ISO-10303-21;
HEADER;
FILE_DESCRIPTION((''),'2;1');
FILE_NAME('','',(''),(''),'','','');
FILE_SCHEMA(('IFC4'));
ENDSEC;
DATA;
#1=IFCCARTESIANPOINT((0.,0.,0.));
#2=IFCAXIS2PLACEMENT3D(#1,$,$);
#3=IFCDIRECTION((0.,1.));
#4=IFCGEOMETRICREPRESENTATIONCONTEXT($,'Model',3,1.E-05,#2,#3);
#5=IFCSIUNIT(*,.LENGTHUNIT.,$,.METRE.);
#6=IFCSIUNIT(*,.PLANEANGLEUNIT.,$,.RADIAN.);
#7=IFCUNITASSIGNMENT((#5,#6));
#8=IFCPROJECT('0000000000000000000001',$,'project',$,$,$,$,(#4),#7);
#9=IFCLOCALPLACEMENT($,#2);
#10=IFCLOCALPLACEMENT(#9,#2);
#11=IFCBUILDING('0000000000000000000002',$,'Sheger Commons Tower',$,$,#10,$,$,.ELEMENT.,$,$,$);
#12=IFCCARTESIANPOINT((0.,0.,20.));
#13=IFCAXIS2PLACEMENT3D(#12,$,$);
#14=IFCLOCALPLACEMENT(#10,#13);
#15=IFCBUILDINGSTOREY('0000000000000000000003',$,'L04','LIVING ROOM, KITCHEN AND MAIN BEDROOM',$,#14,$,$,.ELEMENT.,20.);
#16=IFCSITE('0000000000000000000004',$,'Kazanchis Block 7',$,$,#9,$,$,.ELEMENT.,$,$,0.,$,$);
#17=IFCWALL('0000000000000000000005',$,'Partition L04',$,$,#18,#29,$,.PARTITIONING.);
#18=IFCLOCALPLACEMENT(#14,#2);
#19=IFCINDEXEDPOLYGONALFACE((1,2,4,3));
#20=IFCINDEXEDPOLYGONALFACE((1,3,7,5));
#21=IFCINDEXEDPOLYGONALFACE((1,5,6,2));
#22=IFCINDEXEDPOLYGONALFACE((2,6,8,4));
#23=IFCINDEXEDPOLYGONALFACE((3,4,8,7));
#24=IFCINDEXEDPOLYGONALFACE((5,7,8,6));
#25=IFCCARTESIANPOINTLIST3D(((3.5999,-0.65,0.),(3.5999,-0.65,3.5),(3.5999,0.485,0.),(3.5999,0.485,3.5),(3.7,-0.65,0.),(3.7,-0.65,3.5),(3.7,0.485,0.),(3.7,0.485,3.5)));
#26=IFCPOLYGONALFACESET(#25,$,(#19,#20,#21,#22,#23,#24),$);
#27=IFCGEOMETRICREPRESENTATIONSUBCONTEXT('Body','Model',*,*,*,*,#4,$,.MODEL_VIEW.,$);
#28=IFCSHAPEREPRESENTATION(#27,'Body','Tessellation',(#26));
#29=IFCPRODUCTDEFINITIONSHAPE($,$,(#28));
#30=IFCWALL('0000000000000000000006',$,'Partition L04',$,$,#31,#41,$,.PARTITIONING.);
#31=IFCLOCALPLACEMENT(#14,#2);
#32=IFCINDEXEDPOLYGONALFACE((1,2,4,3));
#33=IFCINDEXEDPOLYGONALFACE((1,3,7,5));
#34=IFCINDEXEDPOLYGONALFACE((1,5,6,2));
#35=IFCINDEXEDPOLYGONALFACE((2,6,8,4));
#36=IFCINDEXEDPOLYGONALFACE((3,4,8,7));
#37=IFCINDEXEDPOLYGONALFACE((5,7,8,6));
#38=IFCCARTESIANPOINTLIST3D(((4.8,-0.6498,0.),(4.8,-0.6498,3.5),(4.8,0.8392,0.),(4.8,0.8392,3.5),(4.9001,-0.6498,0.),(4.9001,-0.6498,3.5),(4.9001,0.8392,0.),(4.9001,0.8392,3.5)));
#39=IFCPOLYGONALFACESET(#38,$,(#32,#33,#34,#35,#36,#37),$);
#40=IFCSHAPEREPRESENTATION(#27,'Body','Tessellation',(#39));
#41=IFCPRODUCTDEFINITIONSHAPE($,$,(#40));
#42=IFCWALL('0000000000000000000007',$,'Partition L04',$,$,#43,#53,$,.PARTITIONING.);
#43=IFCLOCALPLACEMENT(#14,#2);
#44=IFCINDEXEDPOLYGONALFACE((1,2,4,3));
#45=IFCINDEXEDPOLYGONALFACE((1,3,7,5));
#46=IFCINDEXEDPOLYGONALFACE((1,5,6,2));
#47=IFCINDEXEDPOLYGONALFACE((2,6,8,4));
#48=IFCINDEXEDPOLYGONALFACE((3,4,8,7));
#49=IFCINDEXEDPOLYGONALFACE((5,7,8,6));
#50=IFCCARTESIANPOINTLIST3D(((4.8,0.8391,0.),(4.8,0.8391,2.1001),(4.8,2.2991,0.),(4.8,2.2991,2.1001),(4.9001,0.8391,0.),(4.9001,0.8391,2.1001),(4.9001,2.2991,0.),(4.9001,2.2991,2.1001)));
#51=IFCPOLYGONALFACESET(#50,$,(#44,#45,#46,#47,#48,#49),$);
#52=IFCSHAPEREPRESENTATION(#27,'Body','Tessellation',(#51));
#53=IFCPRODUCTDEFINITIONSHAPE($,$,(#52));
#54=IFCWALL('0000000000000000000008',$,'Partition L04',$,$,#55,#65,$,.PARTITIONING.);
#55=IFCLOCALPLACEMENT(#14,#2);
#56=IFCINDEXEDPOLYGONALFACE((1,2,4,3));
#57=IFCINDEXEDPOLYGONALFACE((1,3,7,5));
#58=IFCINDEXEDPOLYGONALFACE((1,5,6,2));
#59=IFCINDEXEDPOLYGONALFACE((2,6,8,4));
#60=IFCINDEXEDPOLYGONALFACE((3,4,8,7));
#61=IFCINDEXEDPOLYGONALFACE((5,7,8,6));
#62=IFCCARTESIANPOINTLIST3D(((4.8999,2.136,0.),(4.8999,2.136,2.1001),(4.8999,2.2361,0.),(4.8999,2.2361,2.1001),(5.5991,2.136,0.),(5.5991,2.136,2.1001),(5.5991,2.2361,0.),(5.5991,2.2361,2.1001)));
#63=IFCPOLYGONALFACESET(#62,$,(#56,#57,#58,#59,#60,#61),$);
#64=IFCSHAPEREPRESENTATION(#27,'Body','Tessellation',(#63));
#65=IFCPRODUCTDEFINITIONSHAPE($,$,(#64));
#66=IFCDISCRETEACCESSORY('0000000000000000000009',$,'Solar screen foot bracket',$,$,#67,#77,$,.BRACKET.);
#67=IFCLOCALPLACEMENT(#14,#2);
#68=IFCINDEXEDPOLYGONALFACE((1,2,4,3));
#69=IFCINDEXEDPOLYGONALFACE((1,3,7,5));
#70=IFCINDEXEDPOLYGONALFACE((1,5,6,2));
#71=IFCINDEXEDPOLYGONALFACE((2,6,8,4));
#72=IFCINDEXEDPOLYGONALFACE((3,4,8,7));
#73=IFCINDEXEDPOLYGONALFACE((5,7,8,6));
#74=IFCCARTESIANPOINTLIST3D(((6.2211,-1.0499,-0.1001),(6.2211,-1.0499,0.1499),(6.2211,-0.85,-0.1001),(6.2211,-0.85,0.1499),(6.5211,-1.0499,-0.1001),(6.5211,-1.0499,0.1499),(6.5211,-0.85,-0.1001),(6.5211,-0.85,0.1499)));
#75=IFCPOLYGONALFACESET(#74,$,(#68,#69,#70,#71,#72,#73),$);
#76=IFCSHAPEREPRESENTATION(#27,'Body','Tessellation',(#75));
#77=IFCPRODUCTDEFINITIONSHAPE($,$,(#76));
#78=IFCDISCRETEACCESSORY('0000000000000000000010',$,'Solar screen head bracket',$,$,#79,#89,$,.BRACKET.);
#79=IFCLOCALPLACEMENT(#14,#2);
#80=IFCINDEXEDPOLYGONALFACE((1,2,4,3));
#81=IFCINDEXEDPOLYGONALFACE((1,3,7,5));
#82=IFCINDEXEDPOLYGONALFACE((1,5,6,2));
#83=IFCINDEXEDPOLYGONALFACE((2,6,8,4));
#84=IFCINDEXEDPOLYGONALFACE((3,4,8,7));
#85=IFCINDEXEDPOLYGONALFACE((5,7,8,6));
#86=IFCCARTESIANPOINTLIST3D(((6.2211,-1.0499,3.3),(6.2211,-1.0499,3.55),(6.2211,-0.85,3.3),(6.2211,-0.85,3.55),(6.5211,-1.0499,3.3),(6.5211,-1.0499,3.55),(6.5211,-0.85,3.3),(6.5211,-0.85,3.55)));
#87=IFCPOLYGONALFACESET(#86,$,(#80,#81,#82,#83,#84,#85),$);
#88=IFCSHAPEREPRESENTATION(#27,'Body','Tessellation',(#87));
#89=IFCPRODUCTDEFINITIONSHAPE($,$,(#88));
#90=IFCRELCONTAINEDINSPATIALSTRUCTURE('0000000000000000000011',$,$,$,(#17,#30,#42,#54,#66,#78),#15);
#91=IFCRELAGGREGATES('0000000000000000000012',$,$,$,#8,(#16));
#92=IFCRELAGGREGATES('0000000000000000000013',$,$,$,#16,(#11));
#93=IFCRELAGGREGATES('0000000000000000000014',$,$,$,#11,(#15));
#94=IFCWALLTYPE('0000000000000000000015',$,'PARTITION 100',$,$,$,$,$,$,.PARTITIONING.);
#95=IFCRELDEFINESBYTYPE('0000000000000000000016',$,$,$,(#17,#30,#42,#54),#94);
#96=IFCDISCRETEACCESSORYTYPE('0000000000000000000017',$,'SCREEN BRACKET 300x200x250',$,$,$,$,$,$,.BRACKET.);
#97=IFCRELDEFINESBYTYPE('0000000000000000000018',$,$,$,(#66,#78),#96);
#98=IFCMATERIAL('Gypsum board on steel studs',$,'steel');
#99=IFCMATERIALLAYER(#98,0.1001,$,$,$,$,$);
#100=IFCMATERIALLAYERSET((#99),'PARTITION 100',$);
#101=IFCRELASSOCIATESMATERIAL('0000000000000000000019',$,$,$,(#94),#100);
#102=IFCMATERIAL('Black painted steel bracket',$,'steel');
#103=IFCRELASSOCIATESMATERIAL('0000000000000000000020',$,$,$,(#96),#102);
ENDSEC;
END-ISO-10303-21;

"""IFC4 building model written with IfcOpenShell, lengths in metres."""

from ifc_helpers import new_model, si_unit, direction, frame, frame_2d, origin, origin_2d, place, context, subcontext, project, spatial, rectangle, extrude, material, layer, layer_set, type_object, element, save


model = new_model("IFC4")

# Units and contexts
model_context = context("Model", 3, precision=1e-05, world=origin(), true_north=direction((0.0, 1.0)))
body_context = subcontext(model_context, "Body", "Model", "MODEL_VIEW")
ifc_project = project(units=[si_unit("LENGTHUNIT", "METRE"), si_unit("PLANEANGLEUNIT", "RADIAN")], contexts=[model_context])

# Site, building, storey
site_placement = place(None, origin())
site = spatial("IfcSite", under=ifc_project, at=site_placement, Name="Kazanchis Block 7", CompositionType="ELEMENT", RefElevation=0.0)
building_placement = place(site_placement, origin())
building = spatial("IfcBuilding", under=site, at=building_placement, Name="Sheger Commons Tower", CompositionType="ELEMENT")
storey_placement = place(building_placement, frame((0.0, 0.0, 20.0)))
storey = spatial("IfcBuildingStorey", under=building, at=storey_placement, Name="L04", Description="LIVING ROOM, KITCHEN AND MAIN BEDROOM", CompositionType="ELEMENT", Elevation=20.0)

# Walls
ifc_material_1 = material(Name="Gypsum board on steel studs", Category="steel")
ifc_layer_1 = layer(ifc_material_1, 0.1001)
ifc_layer_set_1 = layer_set([ifc_layer_1], Name="PARTITION 100")
wall_type_1 = type_object("IfcWallType", Name="PARTITION 100", PredefinedType="PARTITIONING", material=ifc_layer_set_1)
wall_1_placement = place(storey_placement, frame((3.6499, -0.6499, 0.0), z_axis=(0.0, 0.0, 1.0), x_axis=(0.0, 1.0, 0.0)))
element("IfcWall", 1, at=wall_1_placement, inside=storey, type_object=wall_type_1, Name="Partition L04", PredefinedType="PARTITIONING", context=body_context, shape_type="SweptSolid", body=[
    extrude(rectangle(XDim=1.135, YDim=0.1001, at=frame_2d((0.5674, 0.0))), origin(), (0.0, 0.0, 1.0), 3.5),
])
wall_2_placement = place(storey_placement, frame((4.8501, -0.6499, 0.0), z_axis=(0.0, 0.0, 1.0), x_axis=(0.0, 1.0, 0.0)))
element("IfcWall", 2, at=wall_2_placement, inside=storey, type_object=wall_type_1, Name="Partition L04", PredefinedType="PARTITIONING", context=body_context, shape_type="SweptSolid", body=[
    extrude(rectangle(XDim=1.489, YDim=0.1001, at=frame_2d((0.7446, 0.0))), origin(), (0.0, 0.0, 1.0), 3.5),
])
wall_3_placement = place(storey_placement, frame((4.8501, 0.8391, 0.0), z_axis=(0.0, 0.0, 1.0), x_axis=(0.0, 1.0, 0.0)))
element("IfcWall", 3, at=wall_3_placement, inside=storey, type_object=wall_type_1, Name="Partition L04", PredefinedType="PARTITIONING", context=body_context, shape_type="SweptSolid", body=[
    extrude(rectangle(XDim=1.46, YDim=0.1001, at=frame_2d((0.73, 0.0))), origin(), (0.0, 0.0, 1.0), 2.1001),
])
wall_4_placement = place(storey_placement, frame((4.8999, 2.186, 0.0), z_axis=(0.0, 0.0, 1.0), x_axis=(1.0, 0.0, 0.0)))
element("IfcWall", 4, at=wall_4_placement, inside=storey, type_object=wall_type_1, Name="Partition L04", PredefinedType="PARTITIONING", context=body_context, shape_type="SweptSolid", body=[
    extrude(rectangle(XDim=0.6992, YDim=0.1001, at=frame_2d((0.3496, 0.0))), origin(), (0.0, 0.0, 1.0), 2.1001),
])

# Discrete accessories
ifc_material_2 = material(Name="Black painted steel bracket", Category="steel")
discrete_accessory_type = type_object("IfcDiscreteAccessoryType", Name="SCREEN BRACKET 300x200x250", PredefinedType="BRACKET", material=ifc_material_2)
for number, where, z_axis, x_axis, name in (
    (5, (6.3711, -0.95, -0.1001), (0.0, 0.0, 1.0), (1.0, 0.0, 0.0), "Solar screen foot bracket"),
    (6, (6.3711, -0.95, 3.3), (0.0, 0.0, 1.0), (1.0, 0.0, 0.0), "Solar screen head bracket"),
):
    element("IfcDiscreteAccessory", number, at=place(storey_placement, frame(where, z_axis=z_axis, x_axis=x_axis)), inside=storey, type_object=discrete_accessory_type, Name=name, PredefinedType="BRACKET", context=body_context, shape_type="SweptSolid", body=[
        extrude(rectangle(XDim=0.3, YDim=0.2, at=origin_2d()), origin(), (0.0, 0.0, 1.0), 0.25),
    ])

save(model, "model.ifc")
